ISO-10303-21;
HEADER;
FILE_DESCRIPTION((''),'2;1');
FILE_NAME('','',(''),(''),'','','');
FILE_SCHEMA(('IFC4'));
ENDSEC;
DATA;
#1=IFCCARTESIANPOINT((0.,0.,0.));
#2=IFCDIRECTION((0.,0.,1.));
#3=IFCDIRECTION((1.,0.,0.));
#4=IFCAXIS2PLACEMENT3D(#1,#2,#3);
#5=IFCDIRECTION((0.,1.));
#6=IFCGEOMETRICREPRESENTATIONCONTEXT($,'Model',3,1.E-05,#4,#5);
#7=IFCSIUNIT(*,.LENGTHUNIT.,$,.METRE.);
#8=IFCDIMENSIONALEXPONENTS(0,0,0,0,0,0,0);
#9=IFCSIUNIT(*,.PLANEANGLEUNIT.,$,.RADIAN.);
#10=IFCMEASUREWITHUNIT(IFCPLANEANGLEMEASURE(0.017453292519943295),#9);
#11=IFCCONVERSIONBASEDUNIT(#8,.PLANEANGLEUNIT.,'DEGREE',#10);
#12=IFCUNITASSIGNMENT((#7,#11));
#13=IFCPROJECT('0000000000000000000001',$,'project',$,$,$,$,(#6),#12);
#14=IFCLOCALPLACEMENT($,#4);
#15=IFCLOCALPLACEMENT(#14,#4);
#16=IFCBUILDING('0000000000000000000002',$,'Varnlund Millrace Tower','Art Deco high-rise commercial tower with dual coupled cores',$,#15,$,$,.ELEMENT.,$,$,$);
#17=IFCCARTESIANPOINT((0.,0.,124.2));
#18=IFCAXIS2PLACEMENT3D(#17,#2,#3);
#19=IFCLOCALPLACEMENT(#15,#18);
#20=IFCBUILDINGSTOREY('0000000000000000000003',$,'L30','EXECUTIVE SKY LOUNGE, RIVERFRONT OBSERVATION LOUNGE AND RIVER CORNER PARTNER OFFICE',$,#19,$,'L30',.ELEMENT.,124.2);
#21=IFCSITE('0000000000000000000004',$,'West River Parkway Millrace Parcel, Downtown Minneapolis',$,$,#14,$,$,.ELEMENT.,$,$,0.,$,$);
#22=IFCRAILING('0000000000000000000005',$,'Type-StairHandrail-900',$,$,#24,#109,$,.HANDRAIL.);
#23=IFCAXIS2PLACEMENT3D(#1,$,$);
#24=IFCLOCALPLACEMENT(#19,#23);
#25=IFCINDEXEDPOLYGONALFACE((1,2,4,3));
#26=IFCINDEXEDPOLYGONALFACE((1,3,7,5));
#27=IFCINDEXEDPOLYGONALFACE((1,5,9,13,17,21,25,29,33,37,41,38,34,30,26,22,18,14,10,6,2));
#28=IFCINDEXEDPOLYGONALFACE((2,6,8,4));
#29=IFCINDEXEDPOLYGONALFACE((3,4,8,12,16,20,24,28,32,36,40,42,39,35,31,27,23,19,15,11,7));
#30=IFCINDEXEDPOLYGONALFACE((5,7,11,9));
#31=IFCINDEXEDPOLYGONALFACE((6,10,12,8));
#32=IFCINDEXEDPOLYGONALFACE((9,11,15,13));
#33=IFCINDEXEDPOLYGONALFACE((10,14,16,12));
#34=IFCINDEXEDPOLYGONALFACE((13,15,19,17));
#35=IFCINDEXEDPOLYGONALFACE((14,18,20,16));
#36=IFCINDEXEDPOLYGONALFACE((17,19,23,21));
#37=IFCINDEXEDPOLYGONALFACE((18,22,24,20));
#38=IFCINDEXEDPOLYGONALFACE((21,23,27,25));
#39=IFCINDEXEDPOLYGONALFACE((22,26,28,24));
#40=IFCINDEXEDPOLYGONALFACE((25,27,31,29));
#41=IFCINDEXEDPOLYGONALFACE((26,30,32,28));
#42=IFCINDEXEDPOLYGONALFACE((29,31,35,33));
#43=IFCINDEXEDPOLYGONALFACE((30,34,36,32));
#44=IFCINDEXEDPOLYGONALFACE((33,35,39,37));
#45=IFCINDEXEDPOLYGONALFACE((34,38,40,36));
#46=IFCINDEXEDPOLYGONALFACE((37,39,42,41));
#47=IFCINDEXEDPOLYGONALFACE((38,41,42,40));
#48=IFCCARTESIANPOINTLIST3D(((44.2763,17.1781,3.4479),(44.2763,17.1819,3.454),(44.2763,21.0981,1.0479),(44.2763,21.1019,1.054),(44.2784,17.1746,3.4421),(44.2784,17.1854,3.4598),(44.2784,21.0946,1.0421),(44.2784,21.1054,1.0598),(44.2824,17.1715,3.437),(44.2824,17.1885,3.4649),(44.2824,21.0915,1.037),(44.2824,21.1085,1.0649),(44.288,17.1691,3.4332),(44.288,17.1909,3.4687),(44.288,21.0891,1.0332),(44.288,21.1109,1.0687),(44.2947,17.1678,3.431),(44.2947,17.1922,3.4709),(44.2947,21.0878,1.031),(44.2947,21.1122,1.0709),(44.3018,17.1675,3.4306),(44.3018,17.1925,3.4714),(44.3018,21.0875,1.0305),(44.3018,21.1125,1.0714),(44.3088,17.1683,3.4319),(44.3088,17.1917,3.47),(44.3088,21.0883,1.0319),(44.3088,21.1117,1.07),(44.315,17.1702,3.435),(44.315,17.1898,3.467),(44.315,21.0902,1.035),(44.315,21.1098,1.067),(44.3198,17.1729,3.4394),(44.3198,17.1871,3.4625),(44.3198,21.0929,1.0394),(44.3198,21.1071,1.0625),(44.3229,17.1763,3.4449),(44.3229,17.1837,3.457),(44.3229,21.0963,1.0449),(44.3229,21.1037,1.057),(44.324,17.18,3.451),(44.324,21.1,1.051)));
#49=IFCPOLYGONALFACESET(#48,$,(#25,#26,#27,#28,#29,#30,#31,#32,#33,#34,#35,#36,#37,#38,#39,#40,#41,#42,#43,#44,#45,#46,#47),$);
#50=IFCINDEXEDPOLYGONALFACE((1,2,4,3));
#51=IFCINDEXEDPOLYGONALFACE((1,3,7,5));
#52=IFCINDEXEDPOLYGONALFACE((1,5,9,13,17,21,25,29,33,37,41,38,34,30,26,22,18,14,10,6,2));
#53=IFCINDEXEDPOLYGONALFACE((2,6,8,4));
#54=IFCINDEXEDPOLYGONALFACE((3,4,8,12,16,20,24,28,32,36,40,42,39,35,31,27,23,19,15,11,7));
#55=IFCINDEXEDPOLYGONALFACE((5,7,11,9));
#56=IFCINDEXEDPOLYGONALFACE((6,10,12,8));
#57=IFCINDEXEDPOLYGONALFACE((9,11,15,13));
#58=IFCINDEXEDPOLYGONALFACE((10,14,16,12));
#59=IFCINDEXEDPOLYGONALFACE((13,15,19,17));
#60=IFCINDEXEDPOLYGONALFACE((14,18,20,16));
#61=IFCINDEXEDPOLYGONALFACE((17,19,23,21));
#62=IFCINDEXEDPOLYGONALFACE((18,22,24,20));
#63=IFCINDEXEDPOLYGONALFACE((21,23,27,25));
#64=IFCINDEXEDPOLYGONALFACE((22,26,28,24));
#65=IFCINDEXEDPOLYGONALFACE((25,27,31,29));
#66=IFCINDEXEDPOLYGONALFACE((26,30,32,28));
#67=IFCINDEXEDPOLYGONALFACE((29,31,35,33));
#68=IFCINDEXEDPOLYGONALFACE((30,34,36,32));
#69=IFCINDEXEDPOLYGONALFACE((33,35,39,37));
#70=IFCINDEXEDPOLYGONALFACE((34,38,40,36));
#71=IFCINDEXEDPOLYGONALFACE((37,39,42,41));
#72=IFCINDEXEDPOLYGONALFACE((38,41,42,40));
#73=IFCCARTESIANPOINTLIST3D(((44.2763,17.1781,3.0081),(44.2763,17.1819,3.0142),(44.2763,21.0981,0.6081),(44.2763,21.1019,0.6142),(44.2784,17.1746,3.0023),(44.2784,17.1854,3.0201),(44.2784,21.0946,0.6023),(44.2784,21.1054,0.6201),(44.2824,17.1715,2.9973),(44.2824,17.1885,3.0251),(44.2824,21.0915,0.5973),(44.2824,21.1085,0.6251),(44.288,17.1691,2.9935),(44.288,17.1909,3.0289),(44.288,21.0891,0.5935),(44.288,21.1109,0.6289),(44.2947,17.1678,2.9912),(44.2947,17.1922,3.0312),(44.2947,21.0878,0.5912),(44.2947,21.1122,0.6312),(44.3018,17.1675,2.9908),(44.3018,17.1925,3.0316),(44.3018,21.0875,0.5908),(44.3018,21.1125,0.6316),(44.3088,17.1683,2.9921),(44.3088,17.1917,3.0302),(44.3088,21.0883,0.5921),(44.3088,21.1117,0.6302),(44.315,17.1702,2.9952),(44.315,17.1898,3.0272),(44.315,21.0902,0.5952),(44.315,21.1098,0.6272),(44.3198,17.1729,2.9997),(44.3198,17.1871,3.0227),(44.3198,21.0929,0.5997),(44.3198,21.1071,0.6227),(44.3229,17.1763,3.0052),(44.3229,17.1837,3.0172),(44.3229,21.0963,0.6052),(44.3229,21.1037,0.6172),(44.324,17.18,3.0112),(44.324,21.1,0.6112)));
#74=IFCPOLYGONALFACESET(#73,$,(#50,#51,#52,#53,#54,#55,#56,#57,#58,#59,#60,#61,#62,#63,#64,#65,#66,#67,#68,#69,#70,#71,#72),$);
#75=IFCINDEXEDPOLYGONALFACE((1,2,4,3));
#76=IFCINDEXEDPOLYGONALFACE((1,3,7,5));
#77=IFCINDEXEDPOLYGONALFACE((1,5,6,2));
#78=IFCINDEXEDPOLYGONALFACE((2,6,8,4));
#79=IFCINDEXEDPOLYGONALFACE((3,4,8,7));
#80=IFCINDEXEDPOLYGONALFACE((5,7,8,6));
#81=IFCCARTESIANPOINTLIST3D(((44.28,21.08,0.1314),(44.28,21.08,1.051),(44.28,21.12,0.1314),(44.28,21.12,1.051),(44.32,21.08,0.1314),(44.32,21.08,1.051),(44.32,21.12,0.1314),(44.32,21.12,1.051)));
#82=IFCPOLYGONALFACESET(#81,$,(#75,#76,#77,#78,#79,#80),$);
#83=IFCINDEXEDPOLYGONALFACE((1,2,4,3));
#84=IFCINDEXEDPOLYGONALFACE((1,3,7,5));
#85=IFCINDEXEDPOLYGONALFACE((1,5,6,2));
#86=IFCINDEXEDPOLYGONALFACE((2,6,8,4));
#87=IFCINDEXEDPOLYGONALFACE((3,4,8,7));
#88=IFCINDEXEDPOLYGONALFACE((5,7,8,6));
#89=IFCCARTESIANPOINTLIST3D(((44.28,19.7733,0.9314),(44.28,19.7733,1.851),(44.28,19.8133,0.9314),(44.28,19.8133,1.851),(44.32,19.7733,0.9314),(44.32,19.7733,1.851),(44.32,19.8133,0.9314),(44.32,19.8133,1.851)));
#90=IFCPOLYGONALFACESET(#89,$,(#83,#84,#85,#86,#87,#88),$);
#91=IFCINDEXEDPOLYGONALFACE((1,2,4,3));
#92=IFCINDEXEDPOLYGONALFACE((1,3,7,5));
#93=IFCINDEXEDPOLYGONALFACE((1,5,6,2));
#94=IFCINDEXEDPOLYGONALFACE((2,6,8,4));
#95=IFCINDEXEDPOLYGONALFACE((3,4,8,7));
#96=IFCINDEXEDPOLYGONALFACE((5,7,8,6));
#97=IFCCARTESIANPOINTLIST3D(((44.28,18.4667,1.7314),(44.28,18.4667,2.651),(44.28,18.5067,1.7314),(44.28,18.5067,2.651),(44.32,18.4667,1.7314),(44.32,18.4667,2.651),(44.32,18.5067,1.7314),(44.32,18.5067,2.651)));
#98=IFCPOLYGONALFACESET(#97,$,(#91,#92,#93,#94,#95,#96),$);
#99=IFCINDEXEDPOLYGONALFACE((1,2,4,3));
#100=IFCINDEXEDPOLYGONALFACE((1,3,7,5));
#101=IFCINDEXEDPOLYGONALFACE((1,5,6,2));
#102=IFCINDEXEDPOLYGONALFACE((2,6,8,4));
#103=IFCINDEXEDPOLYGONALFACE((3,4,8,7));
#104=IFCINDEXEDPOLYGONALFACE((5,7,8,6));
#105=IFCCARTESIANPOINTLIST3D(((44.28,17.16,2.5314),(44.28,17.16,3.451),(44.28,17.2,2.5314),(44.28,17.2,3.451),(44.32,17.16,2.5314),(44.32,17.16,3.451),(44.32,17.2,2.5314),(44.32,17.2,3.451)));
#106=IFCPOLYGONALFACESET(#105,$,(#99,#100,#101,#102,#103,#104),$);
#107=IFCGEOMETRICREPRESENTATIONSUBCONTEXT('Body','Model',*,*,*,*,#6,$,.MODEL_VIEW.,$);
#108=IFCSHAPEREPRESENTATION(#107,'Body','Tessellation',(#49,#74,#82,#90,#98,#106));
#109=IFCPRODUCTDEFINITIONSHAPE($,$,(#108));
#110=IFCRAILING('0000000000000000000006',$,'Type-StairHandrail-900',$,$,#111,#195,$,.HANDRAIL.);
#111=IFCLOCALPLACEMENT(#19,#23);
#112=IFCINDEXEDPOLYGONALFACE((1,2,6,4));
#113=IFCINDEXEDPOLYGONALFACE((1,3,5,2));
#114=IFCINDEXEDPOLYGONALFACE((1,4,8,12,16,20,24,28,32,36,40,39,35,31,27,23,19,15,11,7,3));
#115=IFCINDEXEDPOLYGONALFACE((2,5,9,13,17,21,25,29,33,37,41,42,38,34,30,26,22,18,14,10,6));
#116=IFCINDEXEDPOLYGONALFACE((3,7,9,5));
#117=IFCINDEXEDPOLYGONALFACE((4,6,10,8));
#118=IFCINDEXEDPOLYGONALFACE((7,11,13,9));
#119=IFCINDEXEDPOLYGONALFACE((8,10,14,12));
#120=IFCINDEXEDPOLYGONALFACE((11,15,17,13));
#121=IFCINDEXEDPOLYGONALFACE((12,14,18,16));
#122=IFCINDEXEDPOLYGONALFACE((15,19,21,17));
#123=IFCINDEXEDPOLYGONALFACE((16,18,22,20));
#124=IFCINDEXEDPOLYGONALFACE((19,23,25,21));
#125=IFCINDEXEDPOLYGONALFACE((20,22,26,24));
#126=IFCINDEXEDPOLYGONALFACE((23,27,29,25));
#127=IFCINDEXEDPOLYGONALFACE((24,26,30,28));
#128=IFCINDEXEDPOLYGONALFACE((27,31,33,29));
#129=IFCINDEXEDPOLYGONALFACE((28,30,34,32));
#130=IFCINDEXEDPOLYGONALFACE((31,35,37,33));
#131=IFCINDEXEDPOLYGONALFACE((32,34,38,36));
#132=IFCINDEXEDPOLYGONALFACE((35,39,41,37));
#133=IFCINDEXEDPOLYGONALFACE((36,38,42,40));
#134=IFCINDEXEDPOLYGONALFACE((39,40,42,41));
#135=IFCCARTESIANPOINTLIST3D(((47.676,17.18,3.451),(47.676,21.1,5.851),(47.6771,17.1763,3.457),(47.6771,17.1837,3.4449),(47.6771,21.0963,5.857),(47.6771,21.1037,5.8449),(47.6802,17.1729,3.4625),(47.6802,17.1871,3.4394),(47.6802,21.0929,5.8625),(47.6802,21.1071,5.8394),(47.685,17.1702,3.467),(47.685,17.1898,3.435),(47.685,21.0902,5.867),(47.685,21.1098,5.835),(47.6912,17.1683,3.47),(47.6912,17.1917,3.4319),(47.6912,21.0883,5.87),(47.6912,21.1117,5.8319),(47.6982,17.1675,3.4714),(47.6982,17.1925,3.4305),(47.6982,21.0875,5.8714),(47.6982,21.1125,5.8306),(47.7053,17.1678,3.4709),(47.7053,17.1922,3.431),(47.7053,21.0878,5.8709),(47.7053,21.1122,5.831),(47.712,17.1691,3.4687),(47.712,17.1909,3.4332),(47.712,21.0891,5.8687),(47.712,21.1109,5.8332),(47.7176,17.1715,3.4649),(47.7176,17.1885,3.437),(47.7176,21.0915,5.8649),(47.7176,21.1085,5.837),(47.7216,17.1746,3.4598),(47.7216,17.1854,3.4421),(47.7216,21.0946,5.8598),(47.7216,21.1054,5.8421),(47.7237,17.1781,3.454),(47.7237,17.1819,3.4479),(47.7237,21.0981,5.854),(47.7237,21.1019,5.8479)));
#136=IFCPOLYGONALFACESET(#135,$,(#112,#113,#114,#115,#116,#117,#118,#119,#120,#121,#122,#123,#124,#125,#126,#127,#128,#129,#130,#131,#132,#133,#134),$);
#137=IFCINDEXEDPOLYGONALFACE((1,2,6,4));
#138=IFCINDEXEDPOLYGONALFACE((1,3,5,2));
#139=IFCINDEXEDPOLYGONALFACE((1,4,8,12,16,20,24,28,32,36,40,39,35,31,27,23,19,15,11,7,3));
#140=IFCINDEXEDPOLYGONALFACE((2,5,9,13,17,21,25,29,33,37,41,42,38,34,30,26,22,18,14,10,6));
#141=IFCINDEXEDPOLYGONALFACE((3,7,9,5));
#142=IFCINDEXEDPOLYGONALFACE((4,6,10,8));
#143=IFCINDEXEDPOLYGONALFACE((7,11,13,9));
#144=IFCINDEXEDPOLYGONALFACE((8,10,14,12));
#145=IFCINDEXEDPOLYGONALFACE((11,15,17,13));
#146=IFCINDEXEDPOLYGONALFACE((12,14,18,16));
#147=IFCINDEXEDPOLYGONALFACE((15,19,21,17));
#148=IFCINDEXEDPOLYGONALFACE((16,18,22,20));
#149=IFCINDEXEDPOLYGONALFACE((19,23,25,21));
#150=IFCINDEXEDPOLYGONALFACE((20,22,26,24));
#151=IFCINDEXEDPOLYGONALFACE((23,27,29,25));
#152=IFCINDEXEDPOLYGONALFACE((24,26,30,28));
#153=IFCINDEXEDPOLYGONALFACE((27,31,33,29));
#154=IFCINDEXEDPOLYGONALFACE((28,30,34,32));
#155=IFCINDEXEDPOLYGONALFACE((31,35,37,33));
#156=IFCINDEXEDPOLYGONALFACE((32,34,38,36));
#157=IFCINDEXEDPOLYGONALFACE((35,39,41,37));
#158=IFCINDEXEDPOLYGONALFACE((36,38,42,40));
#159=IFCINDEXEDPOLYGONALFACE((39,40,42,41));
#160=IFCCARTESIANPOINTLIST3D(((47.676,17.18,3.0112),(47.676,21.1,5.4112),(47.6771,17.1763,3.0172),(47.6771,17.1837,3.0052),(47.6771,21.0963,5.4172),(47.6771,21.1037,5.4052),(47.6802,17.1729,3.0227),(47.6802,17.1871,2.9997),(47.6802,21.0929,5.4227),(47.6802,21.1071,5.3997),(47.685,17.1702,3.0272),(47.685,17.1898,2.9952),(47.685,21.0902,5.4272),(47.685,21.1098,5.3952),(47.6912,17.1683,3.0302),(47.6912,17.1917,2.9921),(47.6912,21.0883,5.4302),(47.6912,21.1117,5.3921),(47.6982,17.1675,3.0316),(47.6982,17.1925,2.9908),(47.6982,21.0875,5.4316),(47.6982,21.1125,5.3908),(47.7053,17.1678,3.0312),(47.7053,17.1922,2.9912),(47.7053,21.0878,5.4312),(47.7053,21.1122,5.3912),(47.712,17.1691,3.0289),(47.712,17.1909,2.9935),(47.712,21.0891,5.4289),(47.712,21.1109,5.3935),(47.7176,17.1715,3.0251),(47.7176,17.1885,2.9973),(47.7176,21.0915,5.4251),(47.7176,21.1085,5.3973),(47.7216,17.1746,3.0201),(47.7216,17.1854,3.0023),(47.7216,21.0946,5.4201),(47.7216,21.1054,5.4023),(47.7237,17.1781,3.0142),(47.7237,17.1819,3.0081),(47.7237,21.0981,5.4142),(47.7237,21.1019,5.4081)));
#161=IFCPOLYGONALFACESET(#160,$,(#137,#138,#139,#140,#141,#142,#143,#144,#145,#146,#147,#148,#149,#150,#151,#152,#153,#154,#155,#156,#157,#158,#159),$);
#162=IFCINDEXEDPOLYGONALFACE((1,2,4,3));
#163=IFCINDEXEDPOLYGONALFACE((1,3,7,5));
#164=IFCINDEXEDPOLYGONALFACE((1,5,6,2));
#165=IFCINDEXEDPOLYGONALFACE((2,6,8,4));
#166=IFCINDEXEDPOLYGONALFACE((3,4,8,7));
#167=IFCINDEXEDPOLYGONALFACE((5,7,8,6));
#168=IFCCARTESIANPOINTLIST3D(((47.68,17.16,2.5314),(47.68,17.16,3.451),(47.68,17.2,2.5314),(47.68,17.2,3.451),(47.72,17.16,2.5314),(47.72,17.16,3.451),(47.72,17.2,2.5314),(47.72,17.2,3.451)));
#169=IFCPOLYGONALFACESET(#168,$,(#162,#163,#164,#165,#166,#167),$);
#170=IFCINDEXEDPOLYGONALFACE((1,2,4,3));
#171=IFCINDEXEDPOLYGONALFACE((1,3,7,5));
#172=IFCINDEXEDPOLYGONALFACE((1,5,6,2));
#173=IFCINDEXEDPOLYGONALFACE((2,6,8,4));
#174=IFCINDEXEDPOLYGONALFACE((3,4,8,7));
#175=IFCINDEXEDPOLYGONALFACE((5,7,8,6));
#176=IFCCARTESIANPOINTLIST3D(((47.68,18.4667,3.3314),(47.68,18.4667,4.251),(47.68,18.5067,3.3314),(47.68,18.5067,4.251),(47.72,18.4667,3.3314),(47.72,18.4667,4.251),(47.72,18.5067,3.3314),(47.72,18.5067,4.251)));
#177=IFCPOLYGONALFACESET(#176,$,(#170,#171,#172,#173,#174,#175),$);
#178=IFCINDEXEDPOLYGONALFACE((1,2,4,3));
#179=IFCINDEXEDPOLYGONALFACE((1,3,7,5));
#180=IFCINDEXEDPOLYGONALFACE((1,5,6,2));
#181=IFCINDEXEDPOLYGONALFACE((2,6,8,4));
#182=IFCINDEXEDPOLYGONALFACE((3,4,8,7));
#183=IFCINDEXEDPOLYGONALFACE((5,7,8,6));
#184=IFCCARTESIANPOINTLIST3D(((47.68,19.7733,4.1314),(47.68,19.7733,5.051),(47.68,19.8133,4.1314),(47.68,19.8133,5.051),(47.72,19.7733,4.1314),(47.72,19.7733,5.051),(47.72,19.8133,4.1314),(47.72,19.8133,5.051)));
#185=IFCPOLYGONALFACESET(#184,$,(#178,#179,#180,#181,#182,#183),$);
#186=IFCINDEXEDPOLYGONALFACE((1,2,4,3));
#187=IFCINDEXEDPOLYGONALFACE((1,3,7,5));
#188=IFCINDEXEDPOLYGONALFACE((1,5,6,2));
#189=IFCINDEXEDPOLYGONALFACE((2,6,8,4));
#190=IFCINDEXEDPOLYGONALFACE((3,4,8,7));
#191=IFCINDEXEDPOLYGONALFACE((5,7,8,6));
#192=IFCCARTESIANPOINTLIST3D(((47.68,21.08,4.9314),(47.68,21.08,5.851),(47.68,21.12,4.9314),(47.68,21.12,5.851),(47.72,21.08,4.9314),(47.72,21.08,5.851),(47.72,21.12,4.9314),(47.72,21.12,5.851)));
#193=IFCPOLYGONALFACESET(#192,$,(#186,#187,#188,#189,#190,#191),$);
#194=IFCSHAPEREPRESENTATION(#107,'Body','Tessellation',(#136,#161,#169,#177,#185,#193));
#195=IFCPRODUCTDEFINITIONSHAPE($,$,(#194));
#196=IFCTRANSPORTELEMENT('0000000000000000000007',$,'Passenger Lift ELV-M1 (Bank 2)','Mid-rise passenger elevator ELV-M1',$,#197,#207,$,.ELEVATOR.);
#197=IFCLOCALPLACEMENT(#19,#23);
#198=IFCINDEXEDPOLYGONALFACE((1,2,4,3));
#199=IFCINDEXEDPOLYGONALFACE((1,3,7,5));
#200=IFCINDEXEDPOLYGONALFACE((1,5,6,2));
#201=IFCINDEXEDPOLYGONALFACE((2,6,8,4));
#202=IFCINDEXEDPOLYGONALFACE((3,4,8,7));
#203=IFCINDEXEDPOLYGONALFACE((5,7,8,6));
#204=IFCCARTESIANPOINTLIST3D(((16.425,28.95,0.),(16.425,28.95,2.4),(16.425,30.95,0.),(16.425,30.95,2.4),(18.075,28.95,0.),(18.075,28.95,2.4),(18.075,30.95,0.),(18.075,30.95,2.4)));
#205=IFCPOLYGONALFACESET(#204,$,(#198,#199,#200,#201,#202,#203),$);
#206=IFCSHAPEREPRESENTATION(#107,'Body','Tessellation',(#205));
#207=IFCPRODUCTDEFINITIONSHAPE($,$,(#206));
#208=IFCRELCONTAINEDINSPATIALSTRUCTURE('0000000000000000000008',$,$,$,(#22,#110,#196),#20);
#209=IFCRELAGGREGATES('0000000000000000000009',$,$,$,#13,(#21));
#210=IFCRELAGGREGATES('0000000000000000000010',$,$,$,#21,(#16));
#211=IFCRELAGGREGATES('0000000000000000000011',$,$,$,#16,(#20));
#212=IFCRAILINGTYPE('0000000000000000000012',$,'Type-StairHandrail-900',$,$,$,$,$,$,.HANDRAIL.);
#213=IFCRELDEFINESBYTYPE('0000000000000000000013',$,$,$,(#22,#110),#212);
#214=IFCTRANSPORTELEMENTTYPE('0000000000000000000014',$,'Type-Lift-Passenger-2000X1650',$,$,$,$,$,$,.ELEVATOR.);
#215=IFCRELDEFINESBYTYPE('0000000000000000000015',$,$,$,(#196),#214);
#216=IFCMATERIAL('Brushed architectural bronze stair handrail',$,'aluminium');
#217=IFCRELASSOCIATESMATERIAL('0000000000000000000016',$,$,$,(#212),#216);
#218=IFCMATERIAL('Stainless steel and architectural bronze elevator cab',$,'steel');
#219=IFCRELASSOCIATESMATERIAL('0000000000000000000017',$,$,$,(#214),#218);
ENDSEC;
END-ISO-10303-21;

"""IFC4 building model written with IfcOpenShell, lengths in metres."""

from ifc_helpers import new_model, entity, si_unit, converted_unit, direction, frame, origin_with_axes, origin_2d_with_axis, place, context, subcontext, project, spatial, rectangle, circle, extrude, material, type_object, element, save


model = new_model("IFC4")

# Units and contexts
model_context = context("Model", 3, precision=1e-05, world=origin_with_axes(), true_north=direction((0.0, 1.0)))
body_context = subcontext(model_context, "Body", "Model", "MODEL_VIEW")
ifc_project = project(units=[si_unit("LENGTHUNIT", "METRE"), converted_unit("PLANEANGLEUNIT", "DEGREE", entity("IfcPlaneAngleMeasure", 0.017453292519943295), si_unit("PLANEANGLEUNIT", "RADIAN"), dimensions=[0, 0, 0, 0, 0, 0, 0])], contexts=[model_context])

# Site, building, storey
site_placement = place(None, origin_with_axes())
site = spatial("IfcSite", under=ifc_project, at=site_placement, Name="West River Parkway Millrace Parcel, Downtown Minneapolis", CompositionType="ELEMENT", RefElevation=0.0)
building_placement = place(site_placement, origin_with_axes())
building = spatial("IfcBuilding", under=site, at=building_placement, Name="Varnlund Millrace Tower", Description="Art Deco high-rise commercial tower with dual coupled cores", CompositionType="ELEMENT")
storey_placement = place(building_placement, frame((0.0, 0.0, 124.2), z_axis=(0.0, 0.0, 1.0), x_axis=(1.0, 0.0, 0.0)))
storey = spatial("IfcBuildingStorey", under=building, at=storey_placement, Name="L30", Description="EXECUTIVE SKY LOUNGE, RIVERFRONT OBSERVATION LOUNGE AND RIVER CORNER PARTNER OFFICE", LongName="L30", CompositionType="ELEMENT", Elevation=124.2)

# Railings
ifc_material_1 = material(Name="Brushed architectural bronze stair handrail", Category="aluminium")
railing_type = type_object("IfcRailingType", Name="Type-StairHandrail-900", PredefinedType="HANDRAIL", material=ifc_material_1)
railing_1_placement = place(storey_placement, frame((0.0, 0.0, -124.2), z_axis=(0.0, 0.0, 1.0), x_axis=(1.0, 0.0, 0.0)))
element("IfcRailing", 1, at=railing_1_placement, inside=storey, type_object=railing_type, Name="Type-StairHandrail-900", PredefinedType="HANDRAIL", context=body_context, shape_type="SweptSolid", body=[
    extrude(circle(Radius=0.024, at=origin_2d_with_axis()), frame((44.3, 21.1, 125.251), z_axis=(0.0, -0.852851, 0.522154), x_axis=(1.0, 0.0, 0.0)), (0.0, 0.0, 1.0), 4.5963),
    extrude(circle(Radius=0.024, at=origin_2d_with_axis()), frame((44.3, 21.1, 124.8112), z_axis=(0.0, -0.852851, 0.522154), x_axis=(1.0, 0.0, 0.0)), (0.0, 0.0, 1.0), 4.5963),
    extrude(rectangle(XDim=0.04, YDim=0.04, at=origin_2d_with_axis()), frame((44.3, 21.1, 124.3314), z_axis=(0.0, 0.0, 1.0), x_axis=(1.0, 0.0, 0.0)), (0.0, 0.0, 1.0), 0.9195),
    extrude(rectangle(XDim=0.04, YDim=0.04, at=origin_2d_with_axis()), frame((44.3, 19.7933, 125.1314), z_axis=(0.0, 0.0, 1.0), x_axis=(1.0, 0.0, 0.0)), (0.0, 0.0, 1.0), 0.9195),
    extrude(rectangle(XDim=0.04, YDim=0.04, at=origin_2d_with_axis()), frame((44.3, 18.4867, 125.9314), z_axis=(0.0, 0.0, 1.0), x_axis=(1.0, 0.0, 0.0)), (0.0, 0.0, 1.0), 0.9195),
    extrude(rectangle(XDim=0.04, YDim=0.04, at=origin_2d_with_axis()), frame((44.3, 17.18, 126.7314), z_axis=(0.0, 0.0, 1.0), x_axis=(1.0, 0.0, 0.0)), (0.0, 0.0, 1.0), 0.9195),
])
railing_2_placement = place(storey_placement, frame((0.0, 0.0, -124.2), z_axis=(0.0, 0.0, 1.0), x_axis=(1.0, 0.0, 0.0)))
element("IfcRailing", 2, at=railing_2_placement, inside=storey, type_object=railing_type, Name="Type-StairHandrail-900", PredefinedType="HANDRAIL", context=body_context, shape_type="SweptSolid", body=[
    extrude(circle(Radius=0.024, at=origin_2d_with_axis()), frame((47.7, 17.18, 127.651), z_axis=(0.0, 0.852851, 0.522154), x_axis=(-1.0, 0.0, 0.0)), (0.0, 0.0, 1.0), 4.5963),
    extrude(circle(Radius=0.024, at=origin_2d_with_axis()), frame((47.7, 17.18, 127.2112), z_axis=(0.0, 0.852851, 0.522154), x_axis=(-1.0, 0.0, 0.0)), (0.0, 0.0, 1.0), 4.5963),
    extrude(rectangle(XDim=0.04, YDim=0.04, at=origin_2d_with_axis()), frame((47.7, 17.18, 126.7314), z_axis=(0.0, 0.0, 1.0), x_axis=(1.0, 0.0, 0.0)), (0.0, 0.0, 1.0), 0.9195),
    extrude(rectangle(XDim=0.04, YDim=0.04, at=origin_2d_with_axis()), frame((47.7, 18.4867, 127.5314), z_axis=(0.0, 0.0, 1.0), x_axis=(1.0, 0.0, 0.0)), (0.0, 0.0, 1.0), 0.9195),
    extrude(rectangle(XDim=0.04, YDim=0.04, at=origin_2d_with_axis()), frame((47.7, 19.7933, 128.3314), z_axis=(0.0, 0.0, 1.0), x_axis=(1.0, 0.0, 0.0)), (0.0, 0.0, 1.0), 0.9195),
    extrude(rectangle(XDim=0.04, YDim=0.04, at=origin_2d_with_axis()), frame((47.7, 21.1, 129.1314), z_axis=(0.0, 0.0, 1.0), x_axis=(1.0, 0.0, 0.0)), (0.0, 0.0, 1.0), 0.9195),
])

# Transport element
ifc_material_2 = material(Name="Stainless steel and architectural bronze elevator cab", Category="steel")
transport_element_type = type_object("IfcTransportElementType", Name="Type-Lift-Passenger-2000X1650", PredefinedType="ELEVATOR", material=ifc_material_2)
for number, where, z_axis, x_axis, name in (
    (3, (17.25, 29.95, 0.0), (0.0, 0.0, 1.0), (1.0, 0.0, 0.0), "Passenger Lift ELV-M1 (Bank 2)"),
):
    element("IfcTransportElement", number, at=place(storey_placement, frame(where, z_axis=z_axis, x_axis=x_axis)), inside=storey, type_object=transport_element_type, Name=name, Description="Mid-rise passenger elevator ELV-M1", PredefinedType="ELEVATOR", context=body_context, shape_type="SweptSolid", body=[
        extrude(rectangle(XDim=1.65, YDim=2.0, at=origin_2d_with_axis()), origin_with_axes(), (0.0, 0.0, 1.0), 2.4),
    ])

save(model, "model.ifc")
